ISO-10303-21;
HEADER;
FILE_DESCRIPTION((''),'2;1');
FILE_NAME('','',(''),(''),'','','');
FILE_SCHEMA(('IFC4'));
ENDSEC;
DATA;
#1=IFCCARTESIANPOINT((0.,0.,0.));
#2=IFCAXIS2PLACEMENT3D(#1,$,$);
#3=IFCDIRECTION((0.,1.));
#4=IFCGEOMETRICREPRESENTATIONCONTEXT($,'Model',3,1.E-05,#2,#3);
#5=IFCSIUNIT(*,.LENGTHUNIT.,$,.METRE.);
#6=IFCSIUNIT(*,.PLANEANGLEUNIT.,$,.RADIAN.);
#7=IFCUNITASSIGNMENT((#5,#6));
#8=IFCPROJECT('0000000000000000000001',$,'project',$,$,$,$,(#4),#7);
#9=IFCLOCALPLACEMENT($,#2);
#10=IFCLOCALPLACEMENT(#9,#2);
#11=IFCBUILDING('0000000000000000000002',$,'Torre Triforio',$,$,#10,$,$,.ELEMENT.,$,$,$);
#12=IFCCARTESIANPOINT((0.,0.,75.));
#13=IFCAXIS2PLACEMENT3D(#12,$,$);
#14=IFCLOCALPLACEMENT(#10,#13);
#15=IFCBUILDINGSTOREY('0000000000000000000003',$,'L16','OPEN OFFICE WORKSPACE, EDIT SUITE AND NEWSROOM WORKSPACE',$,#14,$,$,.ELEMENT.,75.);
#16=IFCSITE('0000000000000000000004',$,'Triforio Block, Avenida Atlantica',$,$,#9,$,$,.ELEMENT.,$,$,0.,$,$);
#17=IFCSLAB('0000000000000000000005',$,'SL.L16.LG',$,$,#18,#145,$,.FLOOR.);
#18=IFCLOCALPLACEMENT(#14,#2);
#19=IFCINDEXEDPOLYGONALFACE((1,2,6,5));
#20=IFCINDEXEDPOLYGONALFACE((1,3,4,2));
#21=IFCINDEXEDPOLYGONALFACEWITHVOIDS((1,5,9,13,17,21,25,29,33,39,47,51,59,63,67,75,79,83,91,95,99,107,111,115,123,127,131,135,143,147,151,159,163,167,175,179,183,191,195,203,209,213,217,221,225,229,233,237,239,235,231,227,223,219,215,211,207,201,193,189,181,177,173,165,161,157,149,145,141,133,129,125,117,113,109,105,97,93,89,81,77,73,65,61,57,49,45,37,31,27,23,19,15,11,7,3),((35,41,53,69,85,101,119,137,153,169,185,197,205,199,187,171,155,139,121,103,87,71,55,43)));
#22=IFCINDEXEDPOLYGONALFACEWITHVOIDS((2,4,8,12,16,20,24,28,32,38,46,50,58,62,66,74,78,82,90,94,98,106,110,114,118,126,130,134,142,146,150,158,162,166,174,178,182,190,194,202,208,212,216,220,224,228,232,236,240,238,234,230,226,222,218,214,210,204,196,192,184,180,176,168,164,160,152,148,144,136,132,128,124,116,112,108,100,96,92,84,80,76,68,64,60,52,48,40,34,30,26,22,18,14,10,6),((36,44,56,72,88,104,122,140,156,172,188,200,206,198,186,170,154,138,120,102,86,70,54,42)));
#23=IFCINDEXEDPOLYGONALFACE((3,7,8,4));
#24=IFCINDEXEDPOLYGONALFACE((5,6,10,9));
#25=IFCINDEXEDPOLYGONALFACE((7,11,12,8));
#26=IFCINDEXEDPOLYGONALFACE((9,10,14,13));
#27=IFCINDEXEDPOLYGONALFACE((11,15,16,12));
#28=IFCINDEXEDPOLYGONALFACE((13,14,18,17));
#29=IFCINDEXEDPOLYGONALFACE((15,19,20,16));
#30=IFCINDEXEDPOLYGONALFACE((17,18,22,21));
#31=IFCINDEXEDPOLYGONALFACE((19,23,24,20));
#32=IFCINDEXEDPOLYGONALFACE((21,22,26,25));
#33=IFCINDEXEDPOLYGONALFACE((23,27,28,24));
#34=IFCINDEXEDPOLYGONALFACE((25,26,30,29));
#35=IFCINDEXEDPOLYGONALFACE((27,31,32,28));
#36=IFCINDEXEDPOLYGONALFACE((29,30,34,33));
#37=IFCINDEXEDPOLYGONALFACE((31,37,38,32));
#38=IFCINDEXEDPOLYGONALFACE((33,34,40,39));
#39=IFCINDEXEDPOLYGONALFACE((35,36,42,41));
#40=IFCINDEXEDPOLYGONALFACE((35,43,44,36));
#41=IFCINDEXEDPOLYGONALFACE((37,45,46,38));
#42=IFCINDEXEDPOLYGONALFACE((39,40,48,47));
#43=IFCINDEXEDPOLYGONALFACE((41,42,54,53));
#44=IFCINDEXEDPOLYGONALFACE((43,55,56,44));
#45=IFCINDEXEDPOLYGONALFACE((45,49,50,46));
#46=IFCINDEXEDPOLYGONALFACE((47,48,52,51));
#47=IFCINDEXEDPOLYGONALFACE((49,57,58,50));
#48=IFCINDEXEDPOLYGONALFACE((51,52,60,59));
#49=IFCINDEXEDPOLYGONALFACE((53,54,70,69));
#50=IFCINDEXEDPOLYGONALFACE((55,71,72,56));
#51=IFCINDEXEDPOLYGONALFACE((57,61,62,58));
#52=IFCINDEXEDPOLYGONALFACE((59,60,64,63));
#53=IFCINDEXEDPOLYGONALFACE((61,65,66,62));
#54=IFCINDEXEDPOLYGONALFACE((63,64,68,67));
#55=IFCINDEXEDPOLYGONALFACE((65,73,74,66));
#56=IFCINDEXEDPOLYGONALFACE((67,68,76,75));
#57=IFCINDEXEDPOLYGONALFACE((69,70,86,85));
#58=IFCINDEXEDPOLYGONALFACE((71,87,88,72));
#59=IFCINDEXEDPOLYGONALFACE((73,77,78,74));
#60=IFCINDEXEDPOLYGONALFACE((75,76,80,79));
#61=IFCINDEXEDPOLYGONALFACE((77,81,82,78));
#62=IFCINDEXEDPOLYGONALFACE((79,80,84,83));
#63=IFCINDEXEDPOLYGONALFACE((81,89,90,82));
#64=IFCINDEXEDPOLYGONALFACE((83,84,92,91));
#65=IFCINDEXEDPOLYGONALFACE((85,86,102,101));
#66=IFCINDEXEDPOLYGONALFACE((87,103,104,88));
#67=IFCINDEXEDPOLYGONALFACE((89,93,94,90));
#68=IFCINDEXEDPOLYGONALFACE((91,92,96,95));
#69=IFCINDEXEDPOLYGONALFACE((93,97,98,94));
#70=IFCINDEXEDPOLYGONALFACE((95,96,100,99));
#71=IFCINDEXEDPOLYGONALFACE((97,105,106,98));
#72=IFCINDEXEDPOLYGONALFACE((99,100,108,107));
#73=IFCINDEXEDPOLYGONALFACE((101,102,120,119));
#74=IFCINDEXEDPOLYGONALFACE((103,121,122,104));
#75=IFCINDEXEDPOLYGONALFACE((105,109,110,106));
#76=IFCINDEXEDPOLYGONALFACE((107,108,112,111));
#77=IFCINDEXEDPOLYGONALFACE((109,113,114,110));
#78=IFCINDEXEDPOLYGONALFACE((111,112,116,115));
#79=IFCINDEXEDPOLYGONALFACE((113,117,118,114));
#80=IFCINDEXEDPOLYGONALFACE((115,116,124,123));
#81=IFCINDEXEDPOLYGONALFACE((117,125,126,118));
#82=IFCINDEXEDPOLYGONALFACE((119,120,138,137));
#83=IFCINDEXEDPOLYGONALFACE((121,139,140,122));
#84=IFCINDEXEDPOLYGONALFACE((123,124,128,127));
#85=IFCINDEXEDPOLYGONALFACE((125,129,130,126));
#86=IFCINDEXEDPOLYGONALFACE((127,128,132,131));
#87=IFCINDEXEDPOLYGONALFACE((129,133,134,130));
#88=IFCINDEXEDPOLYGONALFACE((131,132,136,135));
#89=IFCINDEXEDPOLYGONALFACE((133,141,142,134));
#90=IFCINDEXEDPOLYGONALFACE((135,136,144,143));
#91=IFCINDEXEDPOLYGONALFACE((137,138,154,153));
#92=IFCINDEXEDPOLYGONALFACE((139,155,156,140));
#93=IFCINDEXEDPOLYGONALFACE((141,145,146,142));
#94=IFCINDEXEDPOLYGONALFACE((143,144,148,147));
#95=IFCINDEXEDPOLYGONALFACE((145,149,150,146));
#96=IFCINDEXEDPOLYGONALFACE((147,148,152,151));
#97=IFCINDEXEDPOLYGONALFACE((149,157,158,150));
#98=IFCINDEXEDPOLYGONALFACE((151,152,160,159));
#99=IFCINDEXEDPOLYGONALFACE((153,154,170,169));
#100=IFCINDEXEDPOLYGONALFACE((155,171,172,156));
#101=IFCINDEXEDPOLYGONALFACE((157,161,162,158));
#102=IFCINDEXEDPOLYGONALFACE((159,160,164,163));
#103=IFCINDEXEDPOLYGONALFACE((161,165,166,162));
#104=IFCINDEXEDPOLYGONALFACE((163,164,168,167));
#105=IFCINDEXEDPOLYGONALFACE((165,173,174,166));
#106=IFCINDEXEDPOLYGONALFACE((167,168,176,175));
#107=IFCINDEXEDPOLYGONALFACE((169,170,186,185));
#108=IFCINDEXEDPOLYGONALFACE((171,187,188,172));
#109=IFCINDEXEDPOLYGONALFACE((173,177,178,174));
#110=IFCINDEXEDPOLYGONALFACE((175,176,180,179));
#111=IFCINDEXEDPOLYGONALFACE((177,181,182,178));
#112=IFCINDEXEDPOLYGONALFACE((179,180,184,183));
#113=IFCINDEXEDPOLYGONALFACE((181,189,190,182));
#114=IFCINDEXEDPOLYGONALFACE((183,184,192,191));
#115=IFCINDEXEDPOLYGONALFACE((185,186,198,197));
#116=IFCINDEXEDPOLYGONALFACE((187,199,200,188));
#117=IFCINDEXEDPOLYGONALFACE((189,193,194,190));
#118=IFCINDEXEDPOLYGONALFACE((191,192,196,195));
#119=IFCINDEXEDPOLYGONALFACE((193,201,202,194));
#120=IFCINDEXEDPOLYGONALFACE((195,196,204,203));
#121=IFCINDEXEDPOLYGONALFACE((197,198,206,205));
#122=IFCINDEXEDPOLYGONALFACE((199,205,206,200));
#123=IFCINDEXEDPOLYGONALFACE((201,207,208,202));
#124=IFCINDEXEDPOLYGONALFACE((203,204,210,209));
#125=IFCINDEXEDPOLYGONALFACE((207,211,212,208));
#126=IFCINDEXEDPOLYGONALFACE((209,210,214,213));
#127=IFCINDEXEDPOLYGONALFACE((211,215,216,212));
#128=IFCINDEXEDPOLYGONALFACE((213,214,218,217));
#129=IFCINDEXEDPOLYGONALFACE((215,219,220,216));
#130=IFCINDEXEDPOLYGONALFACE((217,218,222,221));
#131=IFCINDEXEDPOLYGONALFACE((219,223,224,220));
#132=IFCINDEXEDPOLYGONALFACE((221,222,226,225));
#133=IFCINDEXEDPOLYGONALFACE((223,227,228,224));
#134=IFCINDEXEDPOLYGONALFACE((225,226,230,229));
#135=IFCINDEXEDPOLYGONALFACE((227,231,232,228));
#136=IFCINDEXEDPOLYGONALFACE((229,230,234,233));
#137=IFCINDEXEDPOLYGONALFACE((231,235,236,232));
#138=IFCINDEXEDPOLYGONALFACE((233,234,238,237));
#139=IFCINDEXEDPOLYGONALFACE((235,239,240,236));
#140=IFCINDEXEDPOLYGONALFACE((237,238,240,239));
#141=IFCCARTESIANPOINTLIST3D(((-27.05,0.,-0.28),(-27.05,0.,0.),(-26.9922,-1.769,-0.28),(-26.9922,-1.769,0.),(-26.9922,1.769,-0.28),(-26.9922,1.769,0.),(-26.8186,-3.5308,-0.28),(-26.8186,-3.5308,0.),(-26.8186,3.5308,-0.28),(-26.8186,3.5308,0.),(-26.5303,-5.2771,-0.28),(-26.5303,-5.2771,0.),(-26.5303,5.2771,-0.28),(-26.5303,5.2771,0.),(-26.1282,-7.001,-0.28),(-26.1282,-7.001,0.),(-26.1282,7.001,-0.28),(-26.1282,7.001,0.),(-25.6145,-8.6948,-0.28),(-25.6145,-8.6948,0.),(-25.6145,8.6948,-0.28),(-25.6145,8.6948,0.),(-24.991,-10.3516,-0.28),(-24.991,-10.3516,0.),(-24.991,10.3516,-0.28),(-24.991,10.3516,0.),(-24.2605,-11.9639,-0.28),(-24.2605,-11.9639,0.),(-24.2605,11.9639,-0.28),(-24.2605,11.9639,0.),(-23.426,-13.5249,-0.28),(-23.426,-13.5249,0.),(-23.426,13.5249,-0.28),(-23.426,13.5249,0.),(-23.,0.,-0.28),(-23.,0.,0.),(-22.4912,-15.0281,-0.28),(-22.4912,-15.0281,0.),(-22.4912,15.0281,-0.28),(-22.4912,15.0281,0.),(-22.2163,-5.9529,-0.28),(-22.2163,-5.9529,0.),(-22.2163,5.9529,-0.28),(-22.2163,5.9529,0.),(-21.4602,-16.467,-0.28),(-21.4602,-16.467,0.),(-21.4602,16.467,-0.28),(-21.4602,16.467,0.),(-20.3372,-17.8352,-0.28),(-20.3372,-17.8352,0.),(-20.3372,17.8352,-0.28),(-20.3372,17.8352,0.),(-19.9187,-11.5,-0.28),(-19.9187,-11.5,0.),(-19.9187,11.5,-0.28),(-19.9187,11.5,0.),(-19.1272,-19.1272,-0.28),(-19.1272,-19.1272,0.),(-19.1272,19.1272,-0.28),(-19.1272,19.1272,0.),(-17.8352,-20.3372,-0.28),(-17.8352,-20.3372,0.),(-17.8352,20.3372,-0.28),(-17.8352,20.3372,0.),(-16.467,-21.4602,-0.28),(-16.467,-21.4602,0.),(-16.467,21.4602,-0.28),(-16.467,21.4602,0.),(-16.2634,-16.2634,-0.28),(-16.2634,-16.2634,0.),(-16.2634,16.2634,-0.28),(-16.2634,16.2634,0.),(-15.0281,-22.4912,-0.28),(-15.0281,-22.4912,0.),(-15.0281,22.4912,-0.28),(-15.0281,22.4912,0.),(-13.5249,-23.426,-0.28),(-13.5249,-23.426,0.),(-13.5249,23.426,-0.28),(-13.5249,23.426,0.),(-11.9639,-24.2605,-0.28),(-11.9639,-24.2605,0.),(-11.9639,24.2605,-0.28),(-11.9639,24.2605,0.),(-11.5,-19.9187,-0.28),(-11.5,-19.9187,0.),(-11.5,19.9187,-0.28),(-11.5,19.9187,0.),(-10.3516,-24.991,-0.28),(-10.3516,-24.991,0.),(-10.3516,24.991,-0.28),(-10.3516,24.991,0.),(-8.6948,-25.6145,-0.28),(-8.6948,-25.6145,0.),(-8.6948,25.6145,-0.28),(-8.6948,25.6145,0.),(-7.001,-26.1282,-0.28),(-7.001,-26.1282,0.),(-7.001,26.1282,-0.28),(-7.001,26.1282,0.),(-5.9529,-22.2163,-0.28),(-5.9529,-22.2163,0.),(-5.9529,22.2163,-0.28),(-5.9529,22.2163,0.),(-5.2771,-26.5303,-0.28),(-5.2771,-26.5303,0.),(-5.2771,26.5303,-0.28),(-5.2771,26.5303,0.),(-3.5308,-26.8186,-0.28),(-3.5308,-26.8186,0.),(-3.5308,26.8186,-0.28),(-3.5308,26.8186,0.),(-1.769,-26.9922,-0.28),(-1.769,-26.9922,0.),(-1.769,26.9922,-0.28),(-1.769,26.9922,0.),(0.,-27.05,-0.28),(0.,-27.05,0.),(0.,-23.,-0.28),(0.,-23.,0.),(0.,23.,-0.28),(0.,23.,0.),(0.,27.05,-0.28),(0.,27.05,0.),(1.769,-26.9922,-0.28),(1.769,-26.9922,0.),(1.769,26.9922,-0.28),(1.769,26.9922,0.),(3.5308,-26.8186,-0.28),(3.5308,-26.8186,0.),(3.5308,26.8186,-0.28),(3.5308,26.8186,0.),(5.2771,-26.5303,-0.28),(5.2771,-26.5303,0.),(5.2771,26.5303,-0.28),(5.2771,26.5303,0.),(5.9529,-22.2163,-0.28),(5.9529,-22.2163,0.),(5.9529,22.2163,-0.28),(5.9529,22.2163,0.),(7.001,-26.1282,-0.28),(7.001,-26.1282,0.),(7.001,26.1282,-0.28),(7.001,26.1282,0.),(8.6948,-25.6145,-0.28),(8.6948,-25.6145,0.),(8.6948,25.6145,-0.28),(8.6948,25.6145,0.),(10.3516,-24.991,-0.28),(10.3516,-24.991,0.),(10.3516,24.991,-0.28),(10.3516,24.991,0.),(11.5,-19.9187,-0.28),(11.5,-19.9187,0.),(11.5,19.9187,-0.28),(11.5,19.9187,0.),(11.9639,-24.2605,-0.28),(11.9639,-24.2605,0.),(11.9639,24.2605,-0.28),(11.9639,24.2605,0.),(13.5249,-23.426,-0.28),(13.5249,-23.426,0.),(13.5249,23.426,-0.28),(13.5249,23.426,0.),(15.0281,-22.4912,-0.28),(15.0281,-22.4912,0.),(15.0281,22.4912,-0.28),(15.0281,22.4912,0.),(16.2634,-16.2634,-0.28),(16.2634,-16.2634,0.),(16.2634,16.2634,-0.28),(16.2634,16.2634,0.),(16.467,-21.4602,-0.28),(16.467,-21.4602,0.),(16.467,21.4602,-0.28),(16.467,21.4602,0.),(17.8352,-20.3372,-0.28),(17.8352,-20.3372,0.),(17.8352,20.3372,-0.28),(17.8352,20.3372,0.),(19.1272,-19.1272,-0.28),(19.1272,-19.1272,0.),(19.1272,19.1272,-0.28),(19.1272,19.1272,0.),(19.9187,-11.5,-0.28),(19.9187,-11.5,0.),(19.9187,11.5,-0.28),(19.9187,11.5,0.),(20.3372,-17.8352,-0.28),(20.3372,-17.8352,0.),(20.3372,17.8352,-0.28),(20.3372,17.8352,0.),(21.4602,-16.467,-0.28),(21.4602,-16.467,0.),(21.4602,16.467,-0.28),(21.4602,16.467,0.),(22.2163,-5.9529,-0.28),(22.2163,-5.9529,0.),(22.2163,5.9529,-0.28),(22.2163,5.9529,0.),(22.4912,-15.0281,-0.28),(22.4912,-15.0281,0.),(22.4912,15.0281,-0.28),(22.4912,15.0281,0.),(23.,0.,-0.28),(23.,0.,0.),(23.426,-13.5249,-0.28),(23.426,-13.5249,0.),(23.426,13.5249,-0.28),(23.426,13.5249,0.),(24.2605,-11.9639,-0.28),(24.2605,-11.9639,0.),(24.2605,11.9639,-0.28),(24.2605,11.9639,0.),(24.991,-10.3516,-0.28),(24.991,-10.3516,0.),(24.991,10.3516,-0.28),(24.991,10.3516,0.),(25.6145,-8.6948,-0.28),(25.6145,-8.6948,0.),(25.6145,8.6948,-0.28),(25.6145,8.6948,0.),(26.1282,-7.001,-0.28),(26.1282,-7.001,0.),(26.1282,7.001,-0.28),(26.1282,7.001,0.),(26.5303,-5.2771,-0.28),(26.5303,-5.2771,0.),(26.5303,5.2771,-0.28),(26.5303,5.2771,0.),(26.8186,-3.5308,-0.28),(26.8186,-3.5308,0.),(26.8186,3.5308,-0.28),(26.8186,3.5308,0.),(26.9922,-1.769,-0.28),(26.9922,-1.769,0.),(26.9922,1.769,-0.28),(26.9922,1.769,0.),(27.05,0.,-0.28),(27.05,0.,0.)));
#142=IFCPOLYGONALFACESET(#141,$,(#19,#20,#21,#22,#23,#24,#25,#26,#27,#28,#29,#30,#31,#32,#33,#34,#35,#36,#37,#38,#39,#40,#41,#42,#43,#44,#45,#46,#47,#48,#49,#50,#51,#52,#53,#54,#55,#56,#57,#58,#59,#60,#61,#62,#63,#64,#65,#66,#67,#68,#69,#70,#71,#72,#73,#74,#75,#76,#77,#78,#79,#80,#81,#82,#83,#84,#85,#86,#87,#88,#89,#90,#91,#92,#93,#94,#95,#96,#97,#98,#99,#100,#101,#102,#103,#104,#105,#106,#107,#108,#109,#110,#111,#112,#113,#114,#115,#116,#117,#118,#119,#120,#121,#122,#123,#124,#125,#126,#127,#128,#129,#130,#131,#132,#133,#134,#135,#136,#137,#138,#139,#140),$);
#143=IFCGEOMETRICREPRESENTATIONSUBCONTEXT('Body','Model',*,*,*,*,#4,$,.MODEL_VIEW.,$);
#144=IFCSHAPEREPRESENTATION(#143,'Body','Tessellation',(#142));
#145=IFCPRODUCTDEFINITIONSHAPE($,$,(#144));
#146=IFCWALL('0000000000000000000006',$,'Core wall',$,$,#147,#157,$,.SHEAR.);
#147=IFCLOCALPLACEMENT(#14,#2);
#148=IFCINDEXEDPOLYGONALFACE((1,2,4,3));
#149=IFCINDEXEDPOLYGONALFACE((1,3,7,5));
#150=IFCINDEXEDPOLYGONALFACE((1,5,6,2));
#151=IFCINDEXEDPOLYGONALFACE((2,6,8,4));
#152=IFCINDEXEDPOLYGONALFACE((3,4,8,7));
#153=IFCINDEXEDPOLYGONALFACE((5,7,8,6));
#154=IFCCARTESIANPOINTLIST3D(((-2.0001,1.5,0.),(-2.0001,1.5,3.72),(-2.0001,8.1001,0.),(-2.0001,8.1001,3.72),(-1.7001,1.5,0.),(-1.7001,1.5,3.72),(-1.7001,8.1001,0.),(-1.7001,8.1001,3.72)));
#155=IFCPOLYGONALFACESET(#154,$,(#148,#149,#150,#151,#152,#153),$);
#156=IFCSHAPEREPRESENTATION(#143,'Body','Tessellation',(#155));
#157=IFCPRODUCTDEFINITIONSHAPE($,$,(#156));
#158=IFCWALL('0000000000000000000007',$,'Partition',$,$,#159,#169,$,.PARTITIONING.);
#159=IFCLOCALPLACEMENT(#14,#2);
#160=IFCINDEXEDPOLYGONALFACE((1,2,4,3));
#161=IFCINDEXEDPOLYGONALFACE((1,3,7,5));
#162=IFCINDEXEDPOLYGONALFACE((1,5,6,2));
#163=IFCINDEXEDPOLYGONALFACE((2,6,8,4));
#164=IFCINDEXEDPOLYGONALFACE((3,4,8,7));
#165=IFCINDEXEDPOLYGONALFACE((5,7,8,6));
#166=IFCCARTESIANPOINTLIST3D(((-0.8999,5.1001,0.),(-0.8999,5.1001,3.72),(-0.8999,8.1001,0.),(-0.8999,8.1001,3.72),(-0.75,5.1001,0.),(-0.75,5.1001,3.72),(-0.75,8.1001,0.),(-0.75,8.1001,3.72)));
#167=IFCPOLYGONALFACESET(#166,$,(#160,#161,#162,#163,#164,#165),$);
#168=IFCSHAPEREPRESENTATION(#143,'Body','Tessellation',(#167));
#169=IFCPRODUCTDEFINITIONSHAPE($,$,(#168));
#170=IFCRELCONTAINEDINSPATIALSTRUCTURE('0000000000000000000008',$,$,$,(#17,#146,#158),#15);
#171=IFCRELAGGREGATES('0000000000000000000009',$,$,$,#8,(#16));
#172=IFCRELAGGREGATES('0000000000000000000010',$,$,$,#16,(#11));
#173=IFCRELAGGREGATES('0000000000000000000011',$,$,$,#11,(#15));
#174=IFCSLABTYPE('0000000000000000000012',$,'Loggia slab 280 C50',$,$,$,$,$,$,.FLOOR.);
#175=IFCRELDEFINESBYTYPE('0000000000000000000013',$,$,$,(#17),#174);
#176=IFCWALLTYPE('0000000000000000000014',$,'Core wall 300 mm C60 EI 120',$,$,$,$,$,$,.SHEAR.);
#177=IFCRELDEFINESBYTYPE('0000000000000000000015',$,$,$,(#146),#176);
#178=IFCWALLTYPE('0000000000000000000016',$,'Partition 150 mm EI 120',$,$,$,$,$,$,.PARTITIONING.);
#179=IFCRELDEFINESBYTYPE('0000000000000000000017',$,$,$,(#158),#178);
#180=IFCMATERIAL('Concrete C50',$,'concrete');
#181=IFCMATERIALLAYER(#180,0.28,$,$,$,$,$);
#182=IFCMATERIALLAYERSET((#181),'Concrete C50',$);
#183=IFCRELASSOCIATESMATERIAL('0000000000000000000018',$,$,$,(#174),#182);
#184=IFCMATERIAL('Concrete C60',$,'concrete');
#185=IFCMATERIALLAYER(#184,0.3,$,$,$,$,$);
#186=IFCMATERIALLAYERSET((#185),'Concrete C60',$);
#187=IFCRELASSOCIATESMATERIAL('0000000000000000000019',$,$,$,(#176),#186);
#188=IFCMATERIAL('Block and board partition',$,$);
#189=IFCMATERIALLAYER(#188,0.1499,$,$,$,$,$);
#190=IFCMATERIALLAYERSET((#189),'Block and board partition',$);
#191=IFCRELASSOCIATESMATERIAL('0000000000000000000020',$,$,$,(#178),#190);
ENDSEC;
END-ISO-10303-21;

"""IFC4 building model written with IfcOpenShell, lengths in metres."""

from ifc_helpers import new_model, si_unit, direction, frame, frame_2d, origin, place, context, subcontext, project, spatial, polyline, rectangle, outline, extrude, material, layer, layer_set, type_object, element, save


model = new_model("IFC4")

# Units and contexts
model_context = context("Model", 3, precision=1e-05, world=origin(), true_north=direction((0.0, 1.0)))
body_context = subcontext(model_context, "Body", "Model", "MODEL_VIEW")
ifc_project = project(units=[si_unit("LENGTHUNIT", "METRE"), si_unit("PLANEANGLEUNIT", "RADIAN")], contexts=[model_context])

# Site, building, storey
site_placement = place(None, origin())
site = spatial("IfcSite", under=ifc_project, at=site_placement, Name="Triforio Block, Avenida Atlantica", CompositionType="ELEMENT", RefElevation=0.0)
building_placement = place(site_placement, origin())
building = spatial("IfcBuilding", under=site, at=building_placement, Name="Torre Triforio", CompositionType="ELEMENT")
storey_placement = place(building_placement, frame((0.0, 0.0, 75.0)))
storey = spatial("IfcBuildingStorey", under=building, at=storey_placement, Name="L16", Description="OPEN OFFICE WORKSPACE, EDIT SUITE AND NEWSROOM WORKSPACE", CompositionType="ELEMENT", Elevation=75.0)

# Slab
ifc_material_1 = material(Name="Concrete C50", Category="concrete")
ifc_layer_1 = layer(ifc_material_1, 0.28)
ifc_layer_set_1 = layer_set([ifc_layer_1], Name="Concrete C50")
slab_type_1 = type_object("IfcSlabType", Name="Loggia slab 280 C50", PredefinedType="FLOOR", material=ifc_layer_set_1)
slab_1_placement = place(storey_placement, frame((0.0, 0.0, -0.28)))
element("IfcSlab", 1, at=slab_1_placement, inside=storey, type_object=slab_type_1, Name="SL.L16.LG", PredefinedType="FLOOR", context=body_context, shape_type="SweptSolid", body=[
    extrude(outline(polyline([(26.9922, -1.769), (27.05, 0.0), (26.9922, 1.769), (26.8186, 3.5308), (26.5303, 5.2771), (26.1282, 7.001), (25.6145, 8.6948), (24.991, 10.3516), (24.2605, 11.9639), (23.426, 13.5249), (22.4912, 15.0281), (21.4602, 16.467), (20.3372, 17.8352), (19.1272, 19.1272), (17.8352, 20.3372), (16.467, 21.4602), (15.0281, 22.4912), (13.5249, 23.426), (11.9639, 24.2605), (10.3516, 24.991), (8.6948, 25.6145), (7.001, 26.1282), (5.2771, 26.5303), (3.5308, 26.8186), (1.769, 26.9922), (0.0, 27.05), (-1.769, 26.9922), (-3.5308, 26.8186), (-5.2771, 26.5303), (-7.001, 26.1282), (-8.6948, 25.6145), (-10.3516, 24.991), (-11.9639, 24.2605), (-13.5249, 23.426), (-15.0281, 22.4912), (-16.467, 21.4602), (-17.8352, 20.3372), (-19.1272, 19.1272), (-20.3372, 17.8352), (-21.4602, 16.467), (-22.4912, 15.0281), (-23.426, 13.5249), (-24.2605, 11.9639), (-24.991, 10.3516), (-25.6145, 8.6948), (-26.1282, 7.001), (-26.5303, 5.2771), (-26.8186, 3.5308), (-26.9922, 1.769), (-27.05, 0.0), (-26.9922, -1.769), (-26.8186, -3.5308), (-26.5303, -5.2771), (-26.1282, -7.001), (-25.6145, -8.6948), (-24.991, -10.3516), (-24.2605, -11.9639), (-23.426, -13.5249), (-22.4912, -15.0281), (-21.4602, -16.467), (-20.3372, -17.8352), (-19.1272, -19.1272), (-17.8352, -20.3372), (-16.467, -21.4602), (-15.0281, -22.4912), (-13.5249, -23.426), (-11.9639, -24.2605), (-10.3516, -24.991), (-8.6948, -25.6145), (-7.001, -26.1282), (-5.2771, -26.5303), (-3.5308, -26.8186), (-1.769, -26.9922), (0.0, -27.05), (1.769, -26.9922), (3.5308, -26.8186), (5.2771, -26.5303), (7.001, -26.1282), (8.6948, -25.6145), (10.3516, -24.991), (11.9639, -24.2605), (13.5249, -23.426), (15.0281, -22.4912), (16.467, -21.4602), (17.8352, -20.3372), (19.1272, -19.1272), (20.3372, -17.8352), (21.4602, -16.467), (22.4912, -15.0281), (23.426, -13.5249), (24.2605, -11.9639), (24.991, -10.3516), (25.6145, -8.6948), (26.1282, -7.001), (26.5303, -5.2771), (26.8186, -3.5308), (26.9922, -1.769)]), holes=[polyline([(22.2163, 5.9529), (23.0, 0.0), (22.2163, -5.9529), (19.9187, -11.5), (16.2634, -16.2634), (11.5, -19.9187), (5.9529, -22.2163), (0.0, -23.0), (-5.9529, -22.2163), (-11.5, -19.9187), (-16.2634, -16.2634), (-19.9187, -11.5), (-22.2163, -5.9529), (-23.0, 0.0), (-22.2163, 5.9529), (-19.9187, 11.5), (-16.2634, 16.2634), (-11.5, 19.9187), (-5.9529, 22.2163), (0.0, 23.0), (5.9529, 22.2163), (11.5, 19.9187), (16.2634, 16.2634), (19.9187, 11.5), (22.2163, 5.9529)])]), origin(), (0.0, 0.0, 1.0), 0.28),
])

# Walls
ifc_material_2 = material(Name="Concrete C60", Category="concrete")
ifc_layer_2 = layer(ifc_material_2, 0.3)
ifc_layer_set_2 = layer_set([ifc_layer_2], Name="Concrete C60")
wall_type_1 = type_object("IfcWallType", Name="Core wall 300 mm C60 EI 120", PredefinedType="SHEAR", material=ifc_layer_set_2)
wall_1_placement = place(storey_placement, frame((-1.8501, 1.5, 0.0), z_axis=(0.0, 0.0, 1.0), x_axis=(0.0, 1.0, 0.0)))
element("IfcWall", 2, at=wall_1_placement, inside=storey, type_object=wall_type_1, Name="Core wall", PredefinedType="SHEAR", context=body_context, shape_type="SweptSolid", body=[
    extrude(rectangle(XDim=6.6001, YDim=0.3, at=frame_2d((3.3, 0.0))), origin(), (0.0, 0.0, 1.0), 3.72),
])
ifc_material_3 = material(Name="Block and board partition")
ifc_layer_3 = layer(ifc_material_3, 0.1499)
ifc_layer_set_3 = layer_set([ifc_layer_3], Name="Block and board partition")
wall_type_2 = type_object("IfcWallType", Name="Partition 150 mm EI 120", PredefinedType="PARTITIONING", material=ifc_layer_set_3)
wall_2_placement = place(storey_placement, frame((-0.825, 5.1001, 0.0), z_axis=(0.0, 0.0, 1.0), x_axis=(0.0, 1.0, 0.0)))
element("IfcWall", 3, at=wall_2_placement, inside=storey, type_object=wall_type_2, Name="Partition", PredefinedType="PARTITIONING", context=body_context, shape_type="SweptSolid", body=[
    extrude(rectangle(XDim=3.0, YDim=0.1499, at=frame_2d((1.5, 0.0))), origin(), (0.0, 0.0, 1.0), 3.72),
])

save(model, "model.ifc")
